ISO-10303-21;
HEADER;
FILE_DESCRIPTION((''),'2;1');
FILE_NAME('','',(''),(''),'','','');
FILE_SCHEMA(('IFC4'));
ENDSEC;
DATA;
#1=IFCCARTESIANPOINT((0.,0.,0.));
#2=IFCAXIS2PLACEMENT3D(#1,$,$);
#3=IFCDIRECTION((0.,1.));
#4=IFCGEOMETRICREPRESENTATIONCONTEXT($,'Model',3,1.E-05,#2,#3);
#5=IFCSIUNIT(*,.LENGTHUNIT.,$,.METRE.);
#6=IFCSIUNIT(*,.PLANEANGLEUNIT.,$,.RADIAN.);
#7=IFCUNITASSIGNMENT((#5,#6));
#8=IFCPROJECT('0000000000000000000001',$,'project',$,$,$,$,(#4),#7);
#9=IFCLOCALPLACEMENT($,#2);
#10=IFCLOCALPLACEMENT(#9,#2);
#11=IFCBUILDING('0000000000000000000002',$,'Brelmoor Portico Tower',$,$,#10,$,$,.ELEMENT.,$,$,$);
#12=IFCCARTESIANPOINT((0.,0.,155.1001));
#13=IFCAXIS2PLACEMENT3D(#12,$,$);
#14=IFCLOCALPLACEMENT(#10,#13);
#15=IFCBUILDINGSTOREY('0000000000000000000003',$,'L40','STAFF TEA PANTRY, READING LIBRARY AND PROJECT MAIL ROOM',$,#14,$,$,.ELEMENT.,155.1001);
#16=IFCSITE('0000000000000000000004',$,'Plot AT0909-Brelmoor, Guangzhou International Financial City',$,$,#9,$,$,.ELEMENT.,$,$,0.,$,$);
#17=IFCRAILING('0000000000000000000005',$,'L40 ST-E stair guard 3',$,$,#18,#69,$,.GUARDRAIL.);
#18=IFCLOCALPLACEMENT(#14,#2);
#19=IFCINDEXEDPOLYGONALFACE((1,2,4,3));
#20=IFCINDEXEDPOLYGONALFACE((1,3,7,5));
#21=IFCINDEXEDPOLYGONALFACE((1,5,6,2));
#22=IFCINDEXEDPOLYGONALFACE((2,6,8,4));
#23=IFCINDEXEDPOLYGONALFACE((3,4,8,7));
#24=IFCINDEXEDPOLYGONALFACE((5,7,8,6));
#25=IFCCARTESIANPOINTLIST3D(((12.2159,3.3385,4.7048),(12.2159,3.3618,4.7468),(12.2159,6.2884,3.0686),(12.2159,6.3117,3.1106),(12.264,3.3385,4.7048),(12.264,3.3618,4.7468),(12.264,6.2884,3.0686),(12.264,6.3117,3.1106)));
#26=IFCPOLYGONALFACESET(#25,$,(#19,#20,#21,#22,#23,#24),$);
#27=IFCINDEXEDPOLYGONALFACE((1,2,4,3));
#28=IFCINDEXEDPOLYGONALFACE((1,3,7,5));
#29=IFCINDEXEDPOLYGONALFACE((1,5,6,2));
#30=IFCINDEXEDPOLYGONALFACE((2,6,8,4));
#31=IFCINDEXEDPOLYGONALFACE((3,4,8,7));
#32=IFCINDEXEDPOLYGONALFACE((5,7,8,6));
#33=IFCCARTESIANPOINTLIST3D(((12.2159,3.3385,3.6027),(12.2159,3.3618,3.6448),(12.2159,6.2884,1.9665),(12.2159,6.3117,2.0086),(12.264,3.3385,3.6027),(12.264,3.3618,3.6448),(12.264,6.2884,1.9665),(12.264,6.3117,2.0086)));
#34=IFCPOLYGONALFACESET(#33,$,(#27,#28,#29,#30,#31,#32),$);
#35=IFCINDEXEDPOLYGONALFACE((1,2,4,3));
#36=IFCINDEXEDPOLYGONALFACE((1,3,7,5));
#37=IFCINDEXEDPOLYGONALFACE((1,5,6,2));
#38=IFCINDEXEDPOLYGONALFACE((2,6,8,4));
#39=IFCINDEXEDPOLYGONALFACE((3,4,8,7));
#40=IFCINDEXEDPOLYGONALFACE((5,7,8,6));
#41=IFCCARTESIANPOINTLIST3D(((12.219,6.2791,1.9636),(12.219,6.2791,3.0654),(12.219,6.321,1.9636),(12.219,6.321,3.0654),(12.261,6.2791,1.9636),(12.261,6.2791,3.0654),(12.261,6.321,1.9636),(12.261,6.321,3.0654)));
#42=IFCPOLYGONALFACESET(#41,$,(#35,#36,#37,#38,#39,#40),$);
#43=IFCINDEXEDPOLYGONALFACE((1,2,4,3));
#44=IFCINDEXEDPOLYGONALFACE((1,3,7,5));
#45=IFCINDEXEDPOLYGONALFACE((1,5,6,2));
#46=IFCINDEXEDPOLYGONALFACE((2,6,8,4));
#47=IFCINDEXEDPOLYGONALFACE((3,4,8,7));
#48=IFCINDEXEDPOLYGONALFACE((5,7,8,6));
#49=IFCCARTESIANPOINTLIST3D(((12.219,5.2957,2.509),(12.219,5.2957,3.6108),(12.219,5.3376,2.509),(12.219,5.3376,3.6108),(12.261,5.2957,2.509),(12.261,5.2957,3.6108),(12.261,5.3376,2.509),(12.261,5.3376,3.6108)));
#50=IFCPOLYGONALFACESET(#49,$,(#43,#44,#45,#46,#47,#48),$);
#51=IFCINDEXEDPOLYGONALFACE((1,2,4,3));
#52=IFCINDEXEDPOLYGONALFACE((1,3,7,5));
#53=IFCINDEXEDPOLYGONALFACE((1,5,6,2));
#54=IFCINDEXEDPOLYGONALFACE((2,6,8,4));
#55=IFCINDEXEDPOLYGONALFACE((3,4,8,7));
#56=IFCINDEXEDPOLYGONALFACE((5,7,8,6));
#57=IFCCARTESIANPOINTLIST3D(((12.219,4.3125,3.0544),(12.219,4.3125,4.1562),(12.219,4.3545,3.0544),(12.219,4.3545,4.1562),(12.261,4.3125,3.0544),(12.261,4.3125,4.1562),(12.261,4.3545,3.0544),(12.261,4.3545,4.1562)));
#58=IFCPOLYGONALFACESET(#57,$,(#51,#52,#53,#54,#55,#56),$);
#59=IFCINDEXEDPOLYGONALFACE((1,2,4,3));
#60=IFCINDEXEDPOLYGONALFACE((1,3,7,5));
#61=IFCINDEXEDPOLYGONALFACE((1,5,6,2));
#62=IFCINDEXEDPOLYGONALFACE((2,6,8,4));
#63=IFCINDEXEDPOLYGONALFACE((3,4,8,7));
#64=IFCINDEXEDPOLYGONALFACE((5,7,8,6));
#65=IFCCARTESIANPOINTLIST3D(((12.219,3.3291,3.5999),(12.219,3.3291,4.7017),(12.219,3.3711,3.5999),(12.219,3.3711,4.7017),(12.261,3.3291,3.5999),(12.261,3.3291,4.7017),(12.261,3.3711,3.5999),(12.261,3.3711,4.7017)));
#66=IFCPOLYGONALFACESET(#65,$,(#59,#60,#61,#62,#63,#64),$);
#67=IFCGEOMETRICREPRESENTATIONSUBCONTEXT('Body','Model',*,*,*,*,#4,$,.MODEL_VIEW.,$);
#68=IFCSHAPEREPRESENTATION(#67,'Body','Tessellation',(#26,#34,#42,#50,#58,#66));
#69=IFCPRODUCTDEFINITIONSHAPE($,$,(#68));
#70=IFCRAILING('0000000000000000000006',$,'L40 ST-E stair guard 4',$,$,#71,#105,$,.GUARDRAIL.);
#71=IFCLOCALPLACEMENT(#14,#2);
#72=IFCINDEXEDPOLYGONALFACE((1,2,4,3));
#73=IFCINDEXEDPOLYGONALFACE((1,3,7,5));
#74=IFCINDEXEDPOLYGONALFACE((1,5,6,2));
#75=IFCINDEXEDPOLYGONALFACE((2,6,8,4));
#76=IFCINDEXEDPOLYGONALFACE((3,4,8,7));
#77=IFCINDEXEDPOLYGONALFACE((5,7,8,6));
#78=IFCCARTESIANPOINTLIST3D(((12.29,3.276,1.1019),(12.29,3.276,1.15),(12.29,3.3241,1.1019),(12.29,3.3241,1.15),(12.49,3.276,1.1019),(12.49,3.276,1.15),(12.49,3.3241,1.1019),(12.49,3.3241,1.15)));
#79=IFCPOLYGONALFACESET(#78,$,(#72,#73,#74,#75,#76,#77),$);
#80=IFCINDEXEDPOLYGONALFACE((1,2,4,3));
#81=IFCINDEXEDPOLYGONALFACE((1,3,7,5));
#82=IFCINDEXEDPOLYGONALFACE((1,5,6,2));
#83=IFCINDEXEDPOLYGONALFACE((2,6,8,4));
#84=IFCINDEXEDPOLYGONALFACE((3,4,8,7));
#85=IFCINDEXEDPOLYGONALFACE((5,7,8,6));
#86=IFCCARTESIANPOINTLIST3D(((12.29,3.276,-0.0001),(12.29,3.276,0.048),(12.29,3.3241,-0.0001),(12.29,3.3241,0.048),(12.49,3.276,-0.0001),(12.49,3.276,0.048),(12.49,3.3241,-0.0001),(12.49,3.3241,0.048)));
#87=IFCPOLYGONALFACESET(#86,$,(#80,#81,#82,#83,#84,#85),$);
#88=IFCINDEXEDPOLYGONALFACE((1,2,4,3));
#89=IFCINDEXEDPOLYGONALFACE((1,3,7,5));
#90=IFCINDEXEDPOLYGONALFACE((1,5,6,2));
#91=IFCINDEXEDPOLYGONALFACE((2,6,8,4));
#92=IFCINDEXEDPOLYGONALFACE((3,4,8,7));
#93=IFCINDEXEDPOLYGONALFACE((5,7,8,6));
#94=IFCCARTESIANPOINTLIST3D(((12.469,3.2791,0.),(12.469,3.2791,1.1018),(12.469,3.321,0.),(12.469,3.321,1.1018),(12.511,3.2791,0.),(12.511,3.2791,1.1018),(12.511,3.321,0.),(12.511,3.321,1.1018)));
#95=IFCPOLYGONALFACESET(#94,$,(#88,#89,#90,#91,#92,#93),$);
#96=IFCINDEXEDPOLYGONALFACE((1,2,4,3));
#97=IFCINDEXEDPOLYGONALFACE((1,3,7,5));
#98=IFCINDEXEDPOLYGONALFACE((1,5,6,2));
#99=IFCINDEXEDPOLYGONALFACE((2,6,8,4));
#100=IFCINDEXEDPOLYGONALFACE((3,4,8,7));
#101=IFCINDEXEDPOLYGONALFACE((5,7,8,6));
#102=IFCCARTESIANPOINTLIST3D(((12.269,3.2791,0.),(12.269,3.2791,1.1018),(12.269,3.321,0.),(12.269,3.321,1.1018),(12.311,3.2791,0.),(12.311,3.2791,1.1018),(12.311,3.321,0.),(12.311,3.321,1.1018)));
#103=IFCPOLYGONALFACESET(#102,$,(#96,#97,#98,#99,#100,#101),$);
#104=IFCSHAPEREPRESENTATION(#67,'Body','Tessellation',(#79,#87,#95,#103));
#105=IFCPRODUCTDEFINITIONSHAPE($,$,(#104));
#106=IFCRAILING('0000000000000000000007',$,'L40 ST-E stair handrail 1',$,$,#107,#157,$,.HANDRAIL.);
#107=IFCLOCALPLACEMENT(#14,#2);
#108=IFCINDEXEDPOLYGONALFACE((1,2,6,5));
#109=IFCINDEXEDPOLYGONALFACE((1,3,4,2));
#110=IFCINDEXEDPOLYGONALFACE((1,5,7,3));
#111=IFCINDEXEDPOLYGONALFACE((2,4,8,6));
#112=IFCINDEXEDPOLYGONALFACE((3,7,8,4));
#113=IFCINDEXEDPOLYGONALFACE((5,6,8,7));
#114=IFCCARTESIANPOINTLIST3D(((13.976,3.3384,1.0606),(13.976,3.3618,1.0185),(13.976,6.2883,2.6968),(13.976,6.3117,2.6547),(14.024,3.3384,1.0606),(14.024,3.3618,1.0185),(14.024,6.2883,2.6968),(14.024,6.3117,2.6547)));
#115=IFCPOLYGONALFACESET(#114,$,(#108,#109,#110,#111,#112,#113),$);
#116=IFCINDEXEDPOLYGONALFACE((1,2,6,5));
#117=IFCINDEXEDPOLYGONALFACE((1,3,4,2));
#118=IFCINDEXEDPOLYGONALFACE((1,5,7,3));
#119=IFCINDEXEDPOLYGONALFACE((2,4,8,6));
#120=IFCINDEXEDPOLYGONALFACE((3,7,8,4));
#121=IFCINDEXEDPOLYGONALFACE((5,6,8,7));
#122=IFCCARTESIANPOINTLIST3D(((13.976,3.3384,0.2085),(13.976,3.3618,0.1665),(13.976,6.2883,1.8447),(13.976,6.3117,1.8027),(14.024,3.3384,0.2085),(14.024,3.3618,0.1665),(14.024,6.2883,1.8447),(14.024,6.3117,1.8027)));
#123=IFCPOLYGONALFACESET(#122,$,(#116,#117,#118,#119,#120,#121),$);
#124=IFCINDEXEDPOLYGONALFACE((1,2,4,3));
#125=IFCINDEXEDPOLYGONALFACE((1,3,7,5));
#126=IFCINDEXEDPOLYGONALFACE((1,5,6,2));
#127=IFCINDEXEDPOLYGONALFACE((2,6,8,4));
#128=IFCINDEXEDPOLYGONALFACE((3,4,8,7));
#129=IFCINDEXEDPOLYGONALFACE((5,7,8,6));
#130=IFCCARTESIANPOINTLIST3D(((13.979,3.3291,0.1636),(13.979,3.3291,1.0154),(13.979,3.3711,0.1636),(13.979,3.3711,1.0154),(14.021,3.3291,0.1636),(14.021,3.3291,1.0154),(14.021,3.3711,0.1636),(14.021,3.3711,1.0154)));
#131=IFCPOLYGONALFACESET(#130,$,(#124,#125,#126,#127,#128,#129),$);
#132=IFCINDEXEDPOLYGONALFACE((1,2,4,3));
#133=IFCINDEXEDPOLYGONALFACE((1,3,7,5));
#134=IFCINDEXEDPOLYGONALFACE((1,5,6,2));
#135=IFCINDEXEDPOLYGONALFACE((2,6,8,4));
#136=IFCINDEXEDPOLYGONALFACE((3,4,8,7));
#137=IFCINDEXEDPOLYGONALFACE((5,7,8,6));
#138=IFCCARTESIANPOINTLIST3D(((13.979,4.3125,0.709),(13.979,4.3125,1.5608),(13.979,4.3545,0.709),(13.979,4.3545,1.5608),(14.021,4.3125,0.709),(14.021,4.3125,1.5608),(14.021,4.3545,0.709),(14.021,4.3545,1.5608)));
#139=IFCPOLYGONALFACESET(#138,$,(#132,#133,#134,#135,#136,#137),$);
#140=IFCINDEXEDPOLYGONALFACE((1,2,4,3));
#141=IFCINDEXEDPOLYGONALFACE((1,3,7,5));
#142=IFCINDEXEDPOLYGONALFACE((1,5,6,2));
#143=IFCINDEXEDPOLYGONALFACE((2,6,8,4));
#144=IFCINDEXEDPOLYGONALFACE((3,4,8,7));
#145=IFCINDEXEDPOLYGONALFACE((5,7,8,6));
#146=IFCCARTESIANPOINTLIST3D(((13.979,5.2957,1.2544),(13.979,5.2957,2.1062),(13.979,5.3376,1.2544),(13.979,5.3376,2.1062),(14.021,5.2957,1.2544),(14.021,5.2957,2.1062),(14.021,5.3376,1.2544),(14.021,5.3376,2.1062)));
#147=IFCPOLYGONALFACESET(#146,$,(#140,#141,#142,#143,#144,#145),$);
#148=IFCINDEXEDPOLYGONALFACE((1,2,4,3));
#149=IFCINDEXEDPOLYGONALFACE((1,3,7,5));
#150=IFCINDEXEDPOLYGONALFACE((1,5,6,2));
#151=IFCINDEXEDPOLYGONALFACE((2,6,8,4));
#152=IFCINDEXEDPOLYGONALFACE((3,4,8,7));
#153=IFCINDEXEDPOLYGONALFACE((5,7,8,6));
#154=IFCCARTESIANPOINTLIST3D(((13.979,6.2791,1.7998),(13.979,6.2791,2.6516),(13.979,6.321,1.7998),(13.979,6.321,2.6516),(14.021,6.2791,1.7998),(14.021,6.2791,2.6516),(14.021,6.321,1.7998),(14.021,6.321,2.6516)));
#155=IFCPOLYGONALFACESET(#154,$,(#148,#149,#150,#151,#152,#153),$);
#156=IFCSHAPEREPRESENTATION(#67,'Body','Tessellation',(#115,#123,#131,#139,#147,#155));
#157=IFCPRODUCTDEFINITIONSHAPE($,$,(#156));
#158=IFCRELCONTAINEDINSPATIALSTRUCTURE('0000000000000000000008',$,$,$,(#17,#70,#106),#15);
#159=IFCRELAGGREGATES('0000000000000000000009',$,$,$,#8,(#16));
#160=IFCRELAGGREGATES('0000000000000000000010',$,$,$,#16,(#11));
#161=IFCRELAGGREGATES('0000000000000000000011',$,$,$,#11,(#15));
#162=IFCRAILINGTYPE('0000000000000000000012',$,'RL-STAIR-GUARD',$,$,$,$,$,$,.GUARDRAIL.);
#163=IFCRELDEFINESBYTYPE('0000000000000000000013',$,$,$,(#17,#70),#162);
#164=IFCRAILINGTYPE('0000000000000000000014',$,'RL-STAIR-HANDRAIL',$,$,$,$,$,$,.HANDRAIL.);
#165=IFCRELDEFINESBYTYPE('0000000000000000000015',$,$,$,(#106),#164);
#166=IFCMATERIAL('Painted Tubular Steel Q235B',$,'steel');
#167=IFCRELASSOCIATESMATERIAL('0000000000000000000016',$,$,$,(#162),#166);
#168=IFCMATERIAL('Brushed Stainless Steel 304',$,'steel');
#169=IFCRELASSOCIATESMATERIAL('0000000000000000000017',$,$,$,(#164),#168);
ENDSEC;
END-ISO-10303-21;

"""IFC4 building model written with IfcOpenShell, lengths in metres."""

from ifc_helpers import new_model, si_unit, direction, frame, origin, origin_2d, place, context, subcontext, project, spatial, rectangle, extrude, material, type_object, element, save


model = new_model("IFC4")

# Units and contexts
model_context = context("Model", 3, precision=1e-05, world=origin(), true_north=direction((0.0, 1.0)))
body_context = subcontext(model_context, "Body", "Model", "MODEL_VIEW")
ifc_project = project(units=[si_unit("LENGTHUNIT", "METRE"), si_unit("PLANEANGLEUNIT", "RADIAN")], contexts=[model_context])

# Site, building, storey
site_placement = place(None, origin())
site = spatial("IfcSite", under=ifc_project, at=site_placement, Name="Plot AT0909-Brelmoor, Guangzhou International Financial City", CompositionType="ELEMENT", RefElevation=0.0)
building_placement = place(site_placement, origin())
building = spatial("IfcBuilding", under=site, at=building_placement, Name="Brelmoor Portico Tower", CompositionType="ELEMENT")
storey_placement = place(building_placement, frame((0.0, 0.0, 155.1001)))
storey = spatial("IfcBuildingStorey", under=building, at=storey_placement, Name="L40", Description="STAFF TEA PANTRY, READING LIBRARY AND PROJECT MAIL ROOM", CompositionType="ELEMENT", Elevation=155.1001)

# Railings
ifc_material_1 = material(Name="Painted Tubular Steel Q235B", Category="steel")
railing_type_1 = type_object("IfcRailingType", Name="RL-STAIR-GUARD", PredefinedType="GUARDRAIL", material=ifc_material_1)
railing_1_placement = place(storey_placement, frame((12.24, 6.3, 1.9636)))
element("IfcRailing", 1, at=railing_1_placement, inside=storey, type_object=railing_type_1, Name="L40 ST-E stair guard 3", PredefinedType="GUARDRAIL", context=body_context, shape_type="SweptSolid", body=[
    extrude(rectangle(XDim=0.0481, YDim=0.0481, at=origin_2d()), frame((0.0, 0.0, 1.126), z_axis=(0.0, -0.874488, 0.485047), x_axis=(1.0, 0.0, 0.0)), (0.0, 0.0, 1.0), 3.3733),
    extrude(rectangle(XDim=0.0481, YDim=0.0481, at=origin_2d()), frame((0.0, 0.0, 0.0239), z_axis=(0.0, -0.874488, 0.485047), x_axis=(1.0, 0.0, 0.0)), (0.0, 0.0, 1.0), 3.3733),
    extrude(rectangle(XDim=0.042, YDim=0.042, at=origin_2d()), origin(), (0.0, 0.0, 1.0), 1.1018),
    extrude(rectangle(XDim=0.042, YDim=0.042, at=origin_2d()), frame((0.0, -0.9834, 0.5454)), (0.0, 0.0, 1.0), 1.1018),
    extrude(rectangle(XDim=0.042, YDim=0.042, at=origin_2d()), frame((0.0, -1.9666, 1.0908)), (0.0, 0.0, 1.0), 1.1018),
    extrude(rectangle(XDim=0.042, YDim=0.042, at=origin_2d()), frame((0.0, -2.95, 1.6362)), (0.0, 0.0, 1.0), 1.1018),
])
railing_2_placement = place(storey_placement, frame((12.49, 3.3, 0.0)))
element("IfcRailing", 2, at=railing_2_placement, inside=storey, type_object=railing_type_1, Name="L40 ST-E stair guard 4", PredefinedType="GUARDRAIL", context=body_context, shape_type="SweptSolid", body=[
    extrude(rectangle(XDim=0.0481, YDim=0.0481, at=origin_2d()), frame((0.0, 0.0, 1.126), z_axis=(-1.0, 0.0, 0.0), x_axis=(0.0, -1.0, 0.0)), (0.0, 0.0, 1.0), 0.2),
    extrude(rectangle(XDim=0.0481, YDim=0.0481, at=origin_2d()), frame((0.0, 0.0, 0.0239), z_axis=(-1.0, 0.0, 0.0), x_axis=(0.0, -1.0, 0.0)), (0.0, 0.0, 1.0), 0.2),
    extrude(rectangle(XDim=0.042, YDim=0.042, at=origin_2d()), origin(), (0.0, 0.0, 1.0), 1.1018),
    extrude(rectangle(XDim=0.042, YDim=0.042, at=origin_2d()), frame((-0.2, 0.0, 0.0)), (0.0, 0.0, 1.0), 1.1018),
])
ifc_material_2 = material(Name="Brushed Stainless Steel 304", Category="steel")
railing_type_2 = type_object("IfcRailingType", Name="RL-STAIR-HANDRAIL", PredefinedType="HANDRAIL", material=ifc_material_2)
railing_3_placement = place(storey_placement, frame((14.0, 3.3501, 0.1636)))
element("IfcRailing", 3, at=railing_3_placement, inside=storey, type_object=railing_type_2, Name="L40 ST-E stair handrail 1", PredefinedType="HANDRAIL", context=body_context, shape_type="SweptSolid", body=[
    extrude(rectangle(XDim=0.0481, YDim=0.0481, at=origin_2d()), frame((0.0, 0.0, 0.876), z_axis=(0.0, 0.874488, 0.485047), x_axis=(-1.0, 0.0, 0.0)), (0.0, 0.0, 1.0), 3.3733),
    extrude(rectangle(XDim=0.0481, YDim=0.0481, at=origin_2d()), frame((0.0, 0.0, 0.0239), z_axis=(0.0, 0.874488, 0.485047), x_axis=(-1.0, 0.0, 0.0)), (0.0, 0.0, 1.0), 3.3733),
    extrude(rectangle(XDim=0.042, YDim=0.042, at=origin_2d()), origin(), (0.0, 0.0, 1.0), 0.8518),
    extrude(rectangle(XDim=0.042, YDim=0.042, at=origin_2d()), frame((0.0, 0.9834, 0.5454)), (0.0, 0.0, 1.0), 0.8518),
    extrude(rectangle(XDim=0.042, YDim=0.042, at=origin_2d()), frame((0.0, 1.9666, 1.0908)), (0.0, 0.0, 1.0), 0.8518),
    extrude(rectangle(XDim=0.042, YDim=0.042, at=origin_2d()), frame((0.0, 2.95, 1.6362)), (0.0, 0.0, 1.0), 0.8518),
])

save(model, "model.ifc")
